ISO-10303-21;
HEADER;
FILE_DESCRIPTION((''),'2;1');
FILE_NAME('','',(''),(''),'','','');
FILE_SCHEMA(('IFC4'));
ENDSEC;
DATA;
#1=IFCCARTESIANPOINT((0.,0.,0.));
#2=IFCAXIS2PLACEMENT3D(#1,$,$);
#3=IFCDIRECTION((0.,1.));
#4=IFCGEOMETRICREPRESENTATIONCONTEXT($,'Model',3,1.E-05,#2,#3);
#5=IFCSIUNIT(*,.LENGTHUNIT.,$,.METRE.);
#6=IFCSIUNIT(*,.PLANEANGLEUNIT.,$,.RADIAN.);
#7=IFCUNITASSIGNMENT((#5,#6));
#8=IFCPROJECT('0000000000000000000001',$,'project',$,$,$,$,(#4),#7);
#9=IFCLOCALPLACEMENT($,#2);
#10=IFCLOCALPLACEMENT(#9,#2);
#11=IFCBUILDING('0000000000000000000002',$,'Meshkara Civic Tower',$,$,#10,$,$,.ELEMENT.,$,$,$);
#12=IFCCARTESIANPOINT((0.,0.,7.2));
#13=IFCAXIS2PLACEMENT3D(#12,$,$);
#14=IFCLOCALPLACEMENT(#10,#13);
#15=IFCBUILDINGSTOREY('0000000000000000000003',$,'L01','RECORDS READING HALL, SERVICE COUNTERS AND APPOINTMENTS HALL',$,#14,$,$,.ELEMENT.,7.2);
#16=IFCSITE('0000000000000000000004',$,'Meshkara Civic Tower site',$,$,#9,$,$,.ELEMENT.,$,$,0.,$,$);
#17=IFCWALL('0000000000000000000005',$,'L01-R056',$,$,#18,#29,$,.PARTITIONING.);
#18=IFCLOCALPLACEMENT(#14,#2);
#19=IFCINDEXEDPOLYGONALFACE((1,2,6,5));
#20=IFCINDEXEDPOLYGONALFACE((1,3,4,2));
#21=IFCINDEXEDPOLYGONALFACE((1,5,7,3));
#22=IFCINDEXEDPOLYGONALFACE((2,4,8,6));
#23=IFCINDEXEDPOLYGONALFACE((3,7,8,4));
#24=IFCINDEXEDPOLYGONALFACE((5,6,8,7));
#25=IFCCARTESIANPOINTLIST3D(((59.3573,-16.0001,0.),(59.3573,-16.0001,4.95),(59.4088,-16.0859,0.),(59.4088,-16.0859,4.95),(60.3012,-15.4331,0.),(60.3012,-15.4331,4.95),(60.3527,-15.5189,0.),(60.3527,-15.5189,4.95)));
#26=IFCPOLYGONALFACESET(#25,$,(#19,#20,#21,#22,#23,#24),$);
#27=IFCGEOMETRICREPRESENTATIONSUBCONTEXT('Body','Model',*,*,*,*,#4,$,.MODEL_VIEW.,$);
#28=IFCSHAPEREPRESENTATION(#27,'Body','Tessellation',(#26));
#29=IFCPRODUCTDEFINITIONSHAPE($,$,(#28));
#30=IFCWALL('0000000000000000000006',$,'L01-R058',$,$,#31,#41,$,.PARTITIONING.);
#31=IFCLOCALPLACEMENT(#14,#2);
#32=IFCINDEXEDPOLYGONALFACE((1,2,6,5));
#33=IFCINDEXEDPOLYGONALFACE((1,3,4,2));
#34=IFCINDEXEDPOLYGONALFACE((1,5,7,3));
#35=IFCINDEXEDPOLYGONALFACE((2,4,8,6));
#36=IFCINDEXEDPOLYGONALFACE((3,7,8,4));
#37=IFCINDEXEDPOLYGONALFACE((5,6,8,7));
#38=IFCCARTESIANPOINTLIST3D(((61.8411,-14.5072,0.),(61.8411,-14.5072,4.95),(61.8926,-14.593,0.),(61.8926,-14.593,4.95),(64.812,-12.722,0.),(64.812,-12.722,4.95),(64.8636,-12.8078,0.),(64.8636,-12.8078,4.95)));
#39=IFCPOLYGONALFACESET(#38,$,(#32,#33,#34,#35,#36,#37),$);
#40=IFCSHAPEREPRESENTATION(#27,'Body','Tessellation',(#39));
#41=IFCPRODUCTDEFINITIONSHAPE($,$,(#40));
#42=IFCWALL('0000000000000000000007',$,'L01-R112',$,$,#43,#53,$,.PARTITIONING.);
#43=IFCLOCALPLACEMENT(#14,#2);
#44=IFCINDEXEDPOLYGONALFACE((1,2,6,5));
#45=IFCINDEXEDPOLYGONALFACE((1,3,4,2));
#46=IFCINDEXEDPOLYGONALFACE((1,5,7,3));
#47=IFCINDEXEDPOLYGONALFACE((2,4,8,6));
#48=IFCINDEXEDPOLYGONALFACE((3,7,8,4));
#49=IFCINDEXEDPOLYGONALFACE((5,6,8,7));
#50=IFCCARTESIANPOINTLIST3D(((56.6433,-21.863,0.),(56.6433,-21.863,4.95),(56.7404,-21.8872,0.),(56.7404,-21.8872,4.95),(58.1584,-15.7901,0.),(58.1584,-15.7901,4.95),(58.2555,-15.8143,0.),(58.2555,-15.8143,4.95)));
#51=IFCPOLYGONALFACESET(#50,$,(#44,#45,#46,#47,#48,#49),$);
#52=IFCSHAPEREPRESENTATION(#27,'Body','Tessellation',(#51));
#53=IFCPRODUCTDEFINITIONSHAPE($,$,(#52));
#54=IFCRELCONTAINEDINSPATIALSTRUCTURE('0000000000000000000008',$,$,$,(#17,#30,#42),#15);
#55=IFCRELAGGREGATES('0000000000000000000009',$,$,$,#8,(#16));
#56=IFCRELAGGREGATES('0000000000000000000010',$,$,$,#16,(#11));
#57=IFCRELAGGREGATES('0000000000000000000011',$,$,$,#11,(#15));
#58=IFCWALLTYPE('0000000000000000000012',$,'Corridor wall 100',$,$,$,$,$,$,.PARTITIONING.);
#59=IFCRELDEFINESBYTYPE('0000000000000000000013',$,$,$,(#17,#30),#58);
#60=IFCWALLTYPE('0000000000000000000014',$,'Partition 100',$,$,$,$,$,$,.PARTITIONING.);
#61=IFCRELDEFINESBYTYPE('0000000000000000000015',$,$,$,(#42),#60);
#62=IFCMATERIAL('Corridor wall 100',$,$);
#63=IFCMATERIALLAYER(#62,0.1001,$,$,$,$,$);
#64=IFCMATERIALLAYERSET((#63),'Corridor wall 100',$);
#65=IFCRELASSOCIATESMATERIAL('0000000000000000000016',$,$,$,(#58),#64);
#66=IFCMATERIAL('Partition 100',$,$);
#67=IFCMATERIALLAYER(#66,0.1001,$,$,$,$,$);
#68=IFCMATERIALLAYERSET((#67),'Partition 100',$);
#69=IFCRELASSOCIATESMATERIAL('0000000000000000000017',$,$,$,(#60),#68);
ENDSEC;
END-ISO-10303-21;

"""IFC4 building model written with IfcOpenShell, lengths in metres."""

from ifc_helpers import new_model, si_unit, direction, frame, frame_2d, origin, place, context, subcontext, project, spatial, rectangle, extrude, material, layer, layer_set, type_object, element, save


model = new_model("IFC4")

# Units and contexts
model_context = context("Model", 3, precision=1e-05, world=origin(), true_north=direction((0.0, 1.0)))
body_context = subcontext(model_context, "Body", "Model", "MODEL_VIEW")
ifc_project = project(units=[si_unit("LENGTHUNIT", "METRE"), si_unit("PLANEANGLEUNIT", "RADIAN")], contexts=[model_context])

# Site, building, storey
site_placement = place(None, origin())
site = spatial("IfcSite", under=ifc_project, at=site_placement, Name="Meshkara Civic Tower site", CompositionType="ELEMENT", RefElevation=0.0)
building_placement = place(site_placement, origin())
building = spatial("IfcBuilding", under=site, at=building_placement, Name="Meshkara Civic Tower", CompositionType="ELEMENT")
storey_placement = place(building_placement, frame((0.0, 0.0, 7.2)))
storey = spatial("IfcBuildingStorey", under=building, at=storey_placement, Name="L01", Description="RECORDS READING HALL, SERVICE COUNTERS AND APPOINTMENTS HALL", CompositionType="ELEMENT", Elevation=7.2)

# Walls
ifc_material_1 = material(Name="Corridor wall 100")
ifc_layer_1 = layer(ifc_material_1, 0.1001)
ifc_layer_set_1 = layer_set([ifc_layer_1], Name="Corridor wall 100")
wall_type_1 = type_object("IfcWallType", Name="Corridor wall 100", PredefinedType="PARTITIONING", material=ifc_layer_set_1)
wall_1_placement = place(storey_placement, frame((59.3831, -16.043, 0.0), z_axis=(0.0, 0.0, 1.0), x_axis=(0.857258, 0.514887, 0.0)))
element("IfcWall", 1, at=wall_1_placement, inside=storey, type_object=wall_type_1, Name="L01-R056", PredefinedType="PARTITIONING", context=body_context, shape_type="SweptSolid", body=[
    extrude(rectangle(XDim=1.1011, YDim=0.1001, at=frame_2d((0.5505, 0.0))), origin(), (0.0, 0.0, 1.0), 4.95),
])
wall_2_placement = place(storey_placement, frame((61.8669, -14.55, 0.0), z_axis=(0.0, 0.0, 1.0), x_axis=(0.857163, 0.515045, 0.0)))
element("IfcWall", 2, at=wall_2_placement, inside=storey, type_object=wall_type_1, Name="L01-R058", PredefinedType="PARTITIONING", context=body_context, shape_type="SweptSolid", body=[
    extrude(rectangle(XDim=3.4661, YDim=0.1001, at=frame_2d((1.7329, 0.0))), origin(), (0.0, 0.0, 1.0), 4.95),
])
ifc_material_2 = material(Name="Partition 100")
ifc_layer_2 = layer(ifc_material_2, 0.1001)
ifc_layer_set_2 = layer_set([ifc_layer_2], Name="Partition 100")
wall_type_2 = type_object("IfcWallType", Name="Partition 100", PredefinedType="PARTITIONING", material=ifc_layer_set_2)
wall_3_placement = place(storey_placement, frame((56.6919, -21.875, 0.0), z_axis=(0.0, 0.0, 1.0), x_axis=(0.242068, 0.970259, 0.0)))
element("IfcWall", 3, at=wall_3_placement, inside=storey, type_object=wall_type_2, Name="L01-R112", PredefinedType="PARTITIONING", context=body_context, shape_type="SweptSolid", body=[
    extrude(rectangle(XDim=6.259, YDim=0.1001, at=frame_2d((3.1294, 0.0))), origin(), (0.0, 0.0, 1.0), 4.95),
])

save(model, "model.ifc")
